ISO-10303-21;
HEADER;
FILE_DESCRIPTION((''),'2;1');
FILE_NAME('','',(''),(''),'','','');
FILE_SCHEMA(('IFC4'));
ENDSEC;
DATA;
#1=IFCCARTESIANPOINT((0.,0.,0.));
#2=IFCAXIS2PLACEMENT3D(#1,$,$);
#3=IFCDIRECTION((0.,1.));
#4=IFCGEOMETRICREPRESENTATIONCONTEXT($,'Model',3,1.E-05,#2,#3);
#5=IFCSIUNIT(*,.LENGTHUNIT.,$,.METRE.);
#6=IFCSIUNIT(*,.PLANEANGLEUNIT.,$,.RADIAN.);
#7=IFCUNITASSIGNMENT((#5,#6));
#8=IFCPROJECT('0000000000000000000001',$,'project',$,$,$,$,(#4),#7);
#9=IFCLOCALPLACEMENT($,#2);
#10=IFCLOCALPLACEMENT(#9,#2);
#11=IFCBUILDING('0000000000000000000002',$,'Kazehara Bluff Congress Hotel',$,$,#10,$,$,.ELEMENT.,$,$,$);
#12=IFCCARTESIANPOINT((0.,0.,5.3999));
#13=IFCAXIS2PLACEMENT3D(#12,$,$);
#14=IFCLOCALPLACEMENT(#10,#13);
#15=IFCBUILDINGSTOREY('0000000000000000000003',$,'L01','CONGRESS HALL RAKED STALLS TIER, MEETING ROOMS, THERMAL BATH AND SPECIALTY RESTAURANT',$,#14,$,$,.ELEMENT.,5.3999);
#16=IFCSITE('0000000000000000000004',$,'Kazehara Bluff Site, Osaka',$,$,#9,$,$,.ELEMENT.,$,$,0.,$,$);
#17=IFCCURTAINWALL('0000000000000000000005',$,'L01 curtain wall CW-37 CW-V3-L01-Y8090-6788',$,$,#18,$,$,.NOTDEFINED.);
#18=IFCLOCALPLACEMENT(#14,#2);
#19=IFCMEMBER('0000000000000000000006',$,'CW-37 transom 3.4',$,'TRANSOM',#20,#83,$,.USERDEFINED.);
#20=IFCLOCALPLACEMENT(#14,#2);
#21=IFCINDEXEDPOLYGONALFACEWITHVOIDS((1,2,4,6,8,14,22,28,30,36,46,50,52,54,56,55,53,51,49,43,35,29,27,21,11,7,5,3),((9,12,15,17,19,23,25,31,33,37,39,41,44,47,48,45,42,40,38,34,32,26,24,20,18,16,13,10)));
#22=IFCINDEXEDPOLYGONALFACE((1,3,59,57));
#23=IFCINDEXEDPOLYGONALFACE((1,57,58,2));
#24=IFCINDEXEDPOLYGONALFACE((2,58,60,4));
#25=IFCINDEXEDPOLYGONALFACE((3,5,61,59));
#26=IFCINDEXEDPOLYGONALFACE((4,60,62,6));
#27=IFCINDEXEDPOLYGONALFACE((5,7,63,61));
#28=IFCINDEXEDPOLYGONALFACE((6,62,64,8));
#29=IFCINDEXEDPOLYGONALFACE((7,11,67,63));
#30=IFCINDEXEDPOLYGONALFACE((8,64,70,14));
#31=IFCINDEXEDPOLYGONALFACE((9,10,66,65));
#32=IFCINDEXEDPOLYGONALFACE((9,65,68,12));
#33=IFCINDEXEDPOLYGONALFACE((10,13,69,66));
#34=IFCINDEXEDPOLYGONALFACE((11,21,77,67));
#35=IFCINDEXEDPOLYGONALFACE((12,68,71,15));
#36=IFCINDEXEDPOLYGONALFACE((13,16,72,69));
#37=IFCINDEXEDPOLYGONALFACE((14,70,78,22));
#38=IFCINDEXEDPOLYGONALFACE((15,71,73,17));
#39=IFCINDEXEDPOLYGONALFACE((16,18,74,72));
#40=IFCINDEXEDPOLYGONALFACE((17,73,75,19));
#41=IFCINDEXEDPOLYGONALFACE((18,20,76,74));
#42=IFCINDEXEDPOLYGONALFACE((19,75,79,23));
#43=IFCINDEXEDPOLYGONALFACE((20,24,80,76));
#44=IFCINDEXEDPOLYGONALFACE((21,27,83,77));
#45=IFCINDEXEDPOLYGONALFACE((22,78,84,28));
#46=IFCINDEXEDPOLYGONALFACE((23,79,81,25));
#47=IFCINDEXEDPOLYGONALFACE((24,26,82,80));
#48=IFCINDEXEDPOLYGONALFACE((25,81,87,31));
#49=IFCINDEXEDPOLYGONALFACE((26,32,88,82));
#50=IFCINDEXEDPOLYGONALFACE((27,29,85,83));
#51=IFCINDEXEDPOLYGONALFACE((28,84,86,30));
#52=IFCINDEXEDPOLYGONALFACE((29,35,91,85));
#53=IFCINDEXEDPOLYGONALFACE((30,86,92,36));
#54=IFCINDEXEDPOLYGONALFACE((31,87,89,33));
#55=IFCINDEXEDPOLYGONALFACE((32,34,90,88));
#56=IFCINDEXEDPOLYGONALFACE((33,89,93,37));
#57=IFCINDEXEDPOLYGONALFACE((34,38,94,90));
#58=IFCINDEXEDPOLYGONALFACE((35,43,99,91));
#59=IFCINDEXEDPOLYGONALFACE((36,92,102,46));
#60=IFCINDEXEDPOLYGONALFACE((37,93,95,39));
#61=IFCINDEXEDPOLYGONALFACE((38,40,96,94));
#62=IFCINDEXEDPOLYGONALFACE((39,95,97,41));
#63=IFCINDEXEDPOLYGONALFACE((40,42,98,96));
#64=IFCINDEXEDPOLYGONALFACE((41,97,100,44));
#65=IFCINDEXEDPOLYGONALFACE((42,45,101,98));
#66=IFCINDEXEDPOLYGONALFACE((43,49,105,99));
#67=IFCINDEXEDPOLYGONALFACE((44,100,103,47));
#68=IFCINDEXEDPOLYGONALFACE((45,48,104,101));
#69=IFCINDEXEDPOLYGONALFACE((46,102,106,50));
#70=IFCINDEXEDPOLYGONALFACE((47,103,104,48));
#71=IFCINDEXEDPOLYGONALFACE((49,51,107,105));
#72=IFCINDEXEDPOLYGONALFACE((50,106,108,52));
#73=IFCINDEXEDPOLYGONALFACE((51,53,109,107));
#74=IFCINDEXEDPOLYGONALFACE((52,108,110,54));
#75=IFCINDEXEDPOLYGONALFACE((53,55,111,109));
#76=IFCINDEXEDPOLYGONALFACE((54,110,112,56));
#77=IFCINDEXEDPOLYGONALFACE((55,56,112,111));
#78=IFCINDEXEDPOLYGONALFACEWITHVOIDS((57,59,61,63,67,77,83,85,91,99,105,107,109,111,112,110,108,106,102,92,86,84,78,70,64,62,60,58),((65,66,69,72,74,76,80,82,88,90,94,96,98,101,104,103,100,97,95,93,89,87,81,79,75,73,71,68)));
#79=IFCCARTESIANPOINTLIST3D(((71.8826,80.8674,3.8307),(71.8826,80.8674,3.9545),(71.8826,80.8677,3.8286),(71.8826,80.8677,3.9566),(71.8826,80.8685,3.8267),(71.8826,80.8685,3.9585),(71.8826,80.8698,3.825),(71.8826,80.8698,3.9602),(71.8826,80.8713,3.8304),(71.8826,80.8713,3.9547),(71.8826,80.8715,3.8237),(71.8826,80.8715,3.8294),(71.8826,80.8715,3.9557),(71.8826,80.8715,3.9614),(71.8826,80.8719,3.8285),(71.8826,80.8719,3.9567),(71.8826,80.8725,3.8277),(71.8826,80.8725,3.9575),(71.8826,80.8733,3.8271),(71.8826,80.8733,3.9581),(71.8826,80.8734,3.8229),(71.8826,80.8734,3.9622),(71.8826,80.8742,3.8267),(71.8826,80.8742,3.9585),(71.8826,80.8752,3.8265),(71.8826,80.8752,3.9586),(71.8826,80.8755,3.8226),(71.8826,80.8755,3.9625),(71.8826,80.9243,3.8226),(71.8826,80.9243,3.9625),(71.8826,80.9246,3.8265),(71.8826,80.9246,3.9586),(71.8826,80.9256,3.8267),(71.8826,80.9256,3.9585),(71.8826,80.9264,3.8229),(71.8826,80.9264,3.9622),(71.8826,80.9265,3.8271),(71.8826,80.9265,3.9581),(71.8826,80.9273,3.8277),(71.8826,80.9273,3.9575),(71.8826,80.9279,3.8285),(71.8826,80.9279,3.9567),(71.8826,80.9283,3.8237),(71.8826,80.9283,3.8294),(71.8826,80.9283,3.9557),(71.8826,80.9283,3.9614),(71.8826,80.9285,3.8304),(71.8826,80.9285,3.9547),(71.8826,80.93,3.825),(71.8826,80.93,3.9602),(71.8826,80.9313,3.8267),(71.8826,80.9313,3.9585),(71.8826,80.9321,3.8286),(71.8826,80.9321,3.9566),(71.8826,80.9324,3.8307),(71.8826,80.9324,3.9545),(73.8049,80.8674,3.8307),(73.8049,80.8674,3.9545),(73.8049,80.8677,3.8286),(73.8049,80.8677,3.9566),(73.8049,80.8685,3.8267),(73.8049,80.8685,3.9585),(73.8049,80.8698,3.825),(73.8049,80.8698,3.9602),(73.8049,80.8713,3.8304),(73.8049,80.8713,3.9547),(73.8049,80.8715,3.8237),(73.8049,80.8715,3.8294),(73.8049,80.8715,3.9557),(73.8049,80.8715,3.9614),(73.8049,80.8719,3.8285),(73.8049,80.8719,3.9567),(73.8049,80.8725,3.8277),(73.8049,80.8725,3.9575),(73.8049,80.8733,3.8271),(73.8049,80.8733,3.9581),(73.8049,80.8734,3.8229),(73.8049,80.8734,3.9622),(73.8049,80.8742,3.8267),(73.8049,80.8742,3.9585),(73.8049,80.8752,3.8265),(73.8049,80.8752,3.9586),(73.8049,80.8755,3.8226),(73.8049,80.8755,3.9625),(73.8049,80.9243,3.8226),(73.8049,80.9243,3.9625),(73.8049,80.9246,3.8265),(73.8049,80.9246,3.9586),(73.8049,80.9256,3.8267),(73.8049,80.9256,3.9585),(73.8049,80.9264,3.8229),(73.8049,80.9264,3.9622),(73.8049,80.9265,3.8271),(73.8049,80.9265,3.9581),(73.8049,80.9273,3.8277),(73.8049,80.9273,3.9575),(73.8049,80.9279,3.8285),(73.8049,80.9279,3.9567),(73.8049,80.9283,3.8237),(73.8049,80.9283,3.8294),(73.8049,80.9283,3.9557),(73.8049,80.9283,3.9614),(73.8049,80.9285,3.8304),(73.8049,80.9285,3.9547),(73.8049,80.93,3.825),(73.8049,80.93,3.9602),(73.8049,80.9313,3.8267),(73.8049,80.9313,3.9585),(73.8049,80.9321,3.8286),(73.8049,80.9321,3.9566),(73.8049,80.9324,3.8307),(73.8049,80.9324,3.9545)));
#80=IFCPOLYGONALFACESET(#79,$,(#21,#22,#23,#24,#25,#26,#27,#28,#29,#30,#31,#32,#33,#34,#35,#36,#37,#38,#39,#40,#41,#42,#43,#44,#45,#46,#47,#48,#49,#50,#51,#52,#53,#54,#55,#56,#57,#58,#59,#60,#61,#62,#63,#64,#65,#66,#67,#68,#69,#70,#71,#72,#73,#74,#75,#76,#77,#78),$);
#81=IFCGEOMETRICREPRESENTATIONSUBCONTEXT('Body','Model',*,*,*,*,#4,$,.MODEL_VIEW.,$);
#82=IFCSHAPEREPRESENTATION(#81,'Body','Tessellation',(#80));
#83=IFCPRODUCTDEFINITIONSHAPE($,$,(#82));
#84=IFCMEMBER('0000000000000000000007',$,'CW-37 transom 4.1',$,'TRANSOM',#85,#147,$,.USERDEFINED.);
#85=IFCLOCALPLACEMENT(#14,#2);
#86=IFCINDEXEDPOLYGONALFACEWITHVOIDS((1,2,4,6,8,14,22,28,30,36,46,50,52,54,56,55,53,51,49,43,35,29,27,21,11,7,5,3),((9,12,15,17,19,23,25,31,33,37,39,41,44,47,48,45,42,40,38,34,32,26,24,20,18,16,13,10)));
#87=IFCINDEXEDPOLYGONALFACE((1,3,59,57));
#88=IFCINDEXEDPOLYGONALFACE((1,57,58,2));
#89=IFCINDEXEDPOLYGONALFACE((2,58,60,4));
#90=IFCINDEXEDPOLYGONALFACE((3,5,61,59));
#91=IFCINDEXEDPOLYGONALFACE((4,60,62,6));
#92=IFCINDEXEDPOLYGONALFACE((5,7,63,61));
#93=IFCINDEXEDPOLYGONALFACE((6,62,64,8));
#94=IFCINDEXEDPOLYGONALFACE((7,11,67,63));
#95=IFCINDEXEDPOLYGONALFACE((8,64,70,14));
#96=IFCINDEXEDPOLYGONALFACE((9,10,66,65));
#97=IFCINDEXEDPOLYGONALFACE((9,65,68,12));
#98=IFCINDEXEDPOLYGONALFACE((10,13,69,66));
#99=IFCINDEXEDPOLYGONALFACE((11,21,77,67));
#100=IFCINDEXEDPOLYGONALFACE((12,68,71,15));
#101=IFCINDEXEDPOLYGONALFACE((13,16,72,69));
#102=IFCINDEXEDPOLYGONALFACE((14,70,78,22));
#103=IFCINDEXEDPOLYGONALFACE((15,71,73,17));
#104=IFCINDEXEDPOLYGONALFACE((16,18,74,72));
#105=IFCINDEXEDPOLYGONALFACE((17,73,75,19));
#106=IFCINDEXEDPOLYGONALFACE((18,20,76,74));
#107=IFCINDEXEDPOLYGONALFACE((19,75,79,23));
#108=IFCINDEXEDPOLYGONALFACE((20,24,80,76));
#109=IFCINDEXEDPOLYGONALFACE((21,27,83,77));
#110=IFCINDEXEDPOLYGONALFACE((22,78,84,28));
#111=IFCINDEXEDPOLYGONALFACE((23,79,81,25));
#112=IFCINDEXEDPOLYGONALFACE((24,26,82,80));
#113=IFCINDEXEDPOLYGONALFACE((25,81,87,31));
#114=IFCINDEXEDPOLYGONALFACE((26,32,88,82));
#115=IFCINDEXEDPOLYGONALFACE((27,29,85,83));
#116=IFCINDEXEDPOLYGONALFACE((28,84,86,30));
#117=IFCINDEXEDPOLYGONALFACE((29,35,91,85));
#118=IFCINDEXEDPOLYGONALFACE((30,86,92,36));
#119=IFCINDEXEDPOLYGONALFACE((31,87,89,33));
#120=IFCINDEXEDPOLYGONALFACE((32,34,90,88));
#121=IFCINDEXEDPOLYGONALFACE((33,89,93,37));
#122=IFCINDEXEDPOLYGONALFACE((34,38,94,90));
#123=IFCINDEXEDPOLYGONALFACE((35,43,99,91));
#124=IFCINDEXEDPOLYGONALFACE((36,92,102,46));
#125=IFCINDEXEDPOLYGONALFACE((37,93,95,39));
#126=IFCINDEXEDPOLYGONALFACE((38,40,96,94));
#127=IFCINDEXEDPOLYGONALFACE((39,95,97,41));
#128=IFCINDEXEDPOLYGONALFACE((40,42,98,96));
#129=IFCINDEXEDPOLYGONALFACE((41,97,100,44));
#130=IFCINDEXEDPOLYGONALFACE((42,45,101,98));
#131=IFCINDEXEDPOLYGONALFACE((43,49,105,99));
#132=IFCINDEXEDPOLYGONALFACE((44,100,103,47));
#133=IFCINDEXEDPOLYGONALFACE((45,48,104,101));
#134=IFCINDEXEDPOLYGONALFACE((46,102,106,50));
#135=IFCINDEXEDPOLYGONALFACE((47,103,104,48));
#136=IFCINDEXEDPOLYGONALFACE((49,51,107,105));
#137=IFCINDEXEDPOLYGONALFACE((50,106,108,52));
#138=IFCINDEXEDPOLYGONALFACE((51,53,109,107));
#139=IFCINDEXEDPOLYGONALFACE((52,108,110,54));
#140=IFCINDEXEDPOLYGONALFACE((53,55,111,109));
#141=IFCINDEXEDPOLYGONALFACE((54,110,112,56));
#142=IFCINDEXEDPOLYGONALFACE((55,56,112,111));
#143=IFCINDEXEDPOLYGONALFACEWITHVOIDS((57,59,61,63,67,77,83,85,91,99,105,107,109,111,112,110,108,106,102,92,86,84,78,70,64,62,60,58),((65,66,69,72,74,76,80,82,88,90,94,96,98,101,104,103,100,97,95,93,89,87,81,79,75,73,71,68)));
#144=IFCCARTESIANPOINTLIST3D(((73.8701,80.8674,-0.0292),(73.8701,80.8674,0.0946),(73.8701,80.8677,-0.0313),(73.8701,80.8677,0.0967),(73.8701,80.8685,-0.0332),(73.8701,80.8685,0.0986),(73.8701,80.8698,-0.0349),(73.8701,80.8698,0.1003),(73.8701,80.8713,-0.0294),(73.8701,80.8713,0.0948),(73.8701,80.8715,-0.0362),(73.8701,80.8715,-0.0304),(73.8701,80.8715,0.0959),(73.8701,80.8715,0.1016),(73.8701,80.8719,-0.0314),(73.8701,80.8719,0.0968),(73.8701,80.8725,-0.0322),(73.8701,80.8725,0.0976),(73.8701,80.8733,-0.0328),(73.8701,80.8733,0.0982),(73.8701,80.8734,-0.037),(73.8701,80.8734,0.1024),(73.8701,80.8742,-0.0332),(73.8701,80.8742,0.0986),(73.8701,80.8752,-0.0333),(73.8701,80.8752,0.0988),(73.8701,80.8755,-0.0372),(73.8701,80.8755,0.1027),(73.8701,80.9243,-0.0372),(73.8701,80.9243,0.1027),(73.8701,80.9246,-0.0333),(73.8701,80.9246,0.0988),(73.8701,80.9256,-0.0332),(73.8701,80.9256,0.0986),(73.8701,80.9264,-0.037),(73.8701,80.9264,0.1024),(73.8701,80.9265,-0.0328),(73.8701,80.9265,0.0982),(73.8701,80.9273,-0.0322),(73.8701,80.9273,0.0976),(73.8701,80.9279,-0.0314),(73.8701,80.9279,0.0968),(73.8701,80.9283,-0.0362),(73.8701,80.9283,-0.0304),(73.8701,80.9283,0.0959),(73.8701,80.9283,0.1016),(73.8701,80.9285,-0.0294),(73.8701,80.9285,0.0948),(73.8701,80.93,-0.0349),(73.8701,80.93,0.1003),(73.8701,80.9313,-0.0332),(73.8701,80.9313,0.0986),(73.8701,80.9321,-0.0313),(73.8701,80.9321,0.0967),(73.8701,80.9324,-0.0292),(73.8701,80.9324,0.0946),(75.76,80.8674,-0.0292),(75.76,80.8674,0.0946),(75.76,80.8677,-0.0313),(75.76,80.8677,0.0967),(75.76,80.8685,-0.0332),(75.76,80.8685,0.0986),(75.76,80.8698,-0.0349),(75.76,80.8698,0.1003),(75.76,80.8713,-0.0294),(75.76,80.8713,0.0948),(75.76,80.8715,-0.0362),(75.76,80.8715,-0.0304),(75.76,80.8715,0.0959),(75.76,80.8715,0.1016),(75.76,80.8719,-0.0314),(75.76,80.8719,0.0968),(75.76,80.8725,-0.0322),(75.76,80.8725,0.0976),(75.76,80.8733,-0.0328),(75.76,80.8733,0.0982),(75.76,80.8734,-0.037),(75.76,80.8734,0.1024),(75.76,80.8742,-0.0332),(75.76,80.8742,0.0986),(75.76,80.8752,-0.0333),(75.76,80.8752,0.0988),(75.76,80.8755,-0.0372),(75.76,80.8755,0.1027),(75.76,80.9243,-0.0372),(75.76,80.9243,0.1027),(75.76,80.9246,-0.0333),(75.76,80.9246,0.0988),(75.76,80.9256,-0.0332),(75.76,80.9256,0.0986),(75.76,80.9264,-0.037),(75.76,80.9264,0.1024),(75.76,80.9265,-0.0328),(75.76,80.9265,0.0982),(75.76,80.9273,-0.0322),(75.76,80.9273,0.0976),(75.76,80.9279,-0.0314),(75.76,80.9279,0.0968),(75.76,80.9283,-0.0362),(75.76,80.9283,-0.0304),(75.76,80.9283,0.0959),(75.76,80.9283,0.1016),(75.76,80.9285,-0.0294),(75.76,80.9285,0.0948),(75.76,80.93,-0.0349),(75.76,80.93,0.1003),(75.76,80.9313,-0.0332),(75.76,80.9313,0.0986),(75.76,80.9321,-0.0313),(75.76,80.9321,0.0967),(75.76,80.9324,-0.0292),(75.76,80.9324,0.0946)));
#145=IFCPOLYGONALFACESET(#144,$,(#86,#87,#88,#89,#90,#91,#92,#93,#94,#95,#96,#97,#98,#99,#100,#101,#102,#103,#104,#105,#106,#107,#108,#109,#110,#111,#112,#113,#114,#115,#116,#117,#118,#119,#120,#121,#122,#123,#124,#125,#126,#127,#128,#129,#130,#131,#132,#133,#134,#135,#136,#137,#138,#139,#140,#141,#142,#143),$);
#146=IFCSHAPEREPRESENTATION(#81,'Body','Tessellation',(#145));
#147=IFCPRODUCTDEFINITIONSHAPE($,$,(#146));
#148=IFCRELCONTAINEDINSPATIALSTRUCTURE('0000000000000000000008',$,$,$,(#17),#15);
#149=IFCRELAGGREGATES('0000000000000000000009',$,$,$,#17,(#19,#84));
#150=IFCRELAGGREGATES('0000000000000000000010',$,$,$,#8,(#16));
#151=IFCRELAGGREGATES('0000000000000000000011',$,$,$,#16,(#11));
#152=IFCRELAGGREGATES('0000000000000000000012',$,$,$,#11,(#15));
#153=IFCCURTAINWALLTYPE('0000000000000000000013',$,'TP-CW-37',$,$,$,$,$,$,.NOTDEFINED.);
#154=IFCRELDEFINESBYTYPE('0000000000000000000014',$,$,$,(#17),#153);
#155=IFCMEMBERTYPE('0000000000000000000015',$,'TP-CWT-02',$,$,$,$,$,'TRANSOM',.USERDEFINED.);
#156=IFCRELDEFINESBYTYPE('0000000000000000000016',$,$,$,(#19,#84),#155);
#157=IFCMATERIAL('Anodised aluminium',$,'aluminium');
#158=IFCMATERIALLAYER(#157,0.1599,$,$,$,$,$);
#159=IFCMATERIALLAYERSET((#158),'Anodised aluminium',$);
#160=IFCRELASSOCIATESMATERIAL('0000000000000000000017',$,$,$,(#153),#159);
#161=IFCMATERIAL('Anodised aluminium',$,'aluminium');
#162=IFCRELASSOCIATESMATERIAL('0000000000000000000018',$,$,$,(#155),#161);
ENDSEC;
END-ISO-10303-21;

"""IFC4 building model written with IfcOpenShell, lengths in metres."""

from ifc_helpers import new_model, si_unit, direction, frame, origin, origin_2d, place, context, subcontext, project, spatial, hollow_rectangle, extrude, material, layer, layer_set, material_profile, profile_set, type_object, element, aggregate, save


model = new_model("IFC4")

# Units and contexts
model_context = context("Model", 3, precision=1e-05, world=origin(), true_north=direction((0.0, 1.0)))
body_context = subcontext(model_context, "Body", "Model", "MODEL_VIEW")
ifc_project = project(units=[si_unit("LENGTHUNIT", "METRE"), si_unit("PLANEANGLEUNIT", "RADIAN")], contexts=[model_context])

# Site, building, storey
site_placement = place(None, origin())
site = spatial("IfcSite", under=ifc_project, at=site_placement, Name="Kazehara Bluff Site, Osaka", CompositionType="ELEMENT", RefElevation=0.0)
building_placement = place(site_placement, origin())
building = spatial("IfcBuilding", under=site, at=building_placement, Name="Kazehara Bluff Congress Hotel", CompositionType="ELEMENT")
storey_placement = place(building_placement, frame((0.0, 0.0, 5.3999)))
storey = spatial("IfcBuildingStorey", under=building, at=storey_placement, Name="L01", Description="CONGRESS HALL RAKED STALLS TIER, MEETING ROOMS, THERMAL BATH AND SPECIALTY RESTAURANT", CompositionType="ELEMENT", Elevation=5.3999)

# Curtain wall, members
ifc_material_1 = material(Name="Anodised aluminium", Category="aluminium")
ifc_layer_1 = layer(ifc_material_1, 0.1599)
ifc_layer_set_1 = layer_set([ifc_layer_1], Name="Anodised aluminium")
curtain_wall_type = type_object("IfcCurtainWallType", Name="TP-CW-37", PredefinedType="NOTDEFINED", material=ifc_layer_set_1)
curtain_wall_placement = place(storey_placement, origin())
curtain_wall = element("IfcCurtainWall", 1, at=curtain_wall_placement, inside=storey, type_object=curtain_wall_type, Name="L01 curtain wall CW-37 CW-V3-L01-Y8090-6788", PredefinedType="NOTDEFINED")
ifc_material_2 = material(Name="Anodised aluminium", Category="aluminium")
ifc_material_profile_1 = material_profile(ifc_material_2, hollow_rectangle(XDim=0.0649, YDim=0.1399, WallThickness=0.0039, InnerFilletRadius=0.0039, OuterFilletRadius=0.0081, at=origin_2d()))
ifc_profile_set_1 = profile_set([ifc_material_profile_1], Name="Anodised aluminium")
member_type_1 = type_object("IfcMemberType", Name="TP-CWT-02", ElementType="TRANSOM", PredefinedType="USERDEFINED", material=ifc_profile_set_1)
member_1_placement = place(storey_placement, frame((71.8826, 80.8999, 3.8926), z_axis=(1.0, 0.0, 0.0), x_axis=(0.0, 1.0, 0.0)))
member_1 = element("IfcMember", 2, at=member_1_placement, type_object=member_type_1, Name="CW-37 transom 3.4", ObjectType="TRANSOM", PredefinedType="USERDEFINED", context=body_context, shape_type="SweptSolid", body=[
    extrude(hollow_rectangle(XDim=0.0649, YDim=0.1399, WallThickness=0.0039, InnerFilletRadius=0.0039, OuterFilletRadius=0.0081, at=origin_2d()), origin(), (0.0, 0.0, 1.0), 1.9224),
])
member_2_placement = place(storey_placement, frame((73.8701, 80.8999, 0.0327), z_axis=(1.0, 0.0, 0.0), x_axis=(0.0, 1.0, 0.0)))
member_2 = element("IfcMember", 3, at=member_2_placement, type_object=member_type_1, Name="CW-37 transom 4.1", ObjectType="TRANSOM", PredefinedType="USERDEFINED", context=body_context, shape_type="SweptSolid", body=[
    extrude(hollow_rectangle(XDim=0.0649, YDim=0.1399, WallThickness=0.0039, InnerFilletRadius=0.0039, OuterFilletRadius=0.0081, at=origin_2d()), origin(), (0.0, 0.0, 1.0), 1.8899),
])
aggregate(curtain_wall, [member_1, member_2])

save(model, "model.ifc")
